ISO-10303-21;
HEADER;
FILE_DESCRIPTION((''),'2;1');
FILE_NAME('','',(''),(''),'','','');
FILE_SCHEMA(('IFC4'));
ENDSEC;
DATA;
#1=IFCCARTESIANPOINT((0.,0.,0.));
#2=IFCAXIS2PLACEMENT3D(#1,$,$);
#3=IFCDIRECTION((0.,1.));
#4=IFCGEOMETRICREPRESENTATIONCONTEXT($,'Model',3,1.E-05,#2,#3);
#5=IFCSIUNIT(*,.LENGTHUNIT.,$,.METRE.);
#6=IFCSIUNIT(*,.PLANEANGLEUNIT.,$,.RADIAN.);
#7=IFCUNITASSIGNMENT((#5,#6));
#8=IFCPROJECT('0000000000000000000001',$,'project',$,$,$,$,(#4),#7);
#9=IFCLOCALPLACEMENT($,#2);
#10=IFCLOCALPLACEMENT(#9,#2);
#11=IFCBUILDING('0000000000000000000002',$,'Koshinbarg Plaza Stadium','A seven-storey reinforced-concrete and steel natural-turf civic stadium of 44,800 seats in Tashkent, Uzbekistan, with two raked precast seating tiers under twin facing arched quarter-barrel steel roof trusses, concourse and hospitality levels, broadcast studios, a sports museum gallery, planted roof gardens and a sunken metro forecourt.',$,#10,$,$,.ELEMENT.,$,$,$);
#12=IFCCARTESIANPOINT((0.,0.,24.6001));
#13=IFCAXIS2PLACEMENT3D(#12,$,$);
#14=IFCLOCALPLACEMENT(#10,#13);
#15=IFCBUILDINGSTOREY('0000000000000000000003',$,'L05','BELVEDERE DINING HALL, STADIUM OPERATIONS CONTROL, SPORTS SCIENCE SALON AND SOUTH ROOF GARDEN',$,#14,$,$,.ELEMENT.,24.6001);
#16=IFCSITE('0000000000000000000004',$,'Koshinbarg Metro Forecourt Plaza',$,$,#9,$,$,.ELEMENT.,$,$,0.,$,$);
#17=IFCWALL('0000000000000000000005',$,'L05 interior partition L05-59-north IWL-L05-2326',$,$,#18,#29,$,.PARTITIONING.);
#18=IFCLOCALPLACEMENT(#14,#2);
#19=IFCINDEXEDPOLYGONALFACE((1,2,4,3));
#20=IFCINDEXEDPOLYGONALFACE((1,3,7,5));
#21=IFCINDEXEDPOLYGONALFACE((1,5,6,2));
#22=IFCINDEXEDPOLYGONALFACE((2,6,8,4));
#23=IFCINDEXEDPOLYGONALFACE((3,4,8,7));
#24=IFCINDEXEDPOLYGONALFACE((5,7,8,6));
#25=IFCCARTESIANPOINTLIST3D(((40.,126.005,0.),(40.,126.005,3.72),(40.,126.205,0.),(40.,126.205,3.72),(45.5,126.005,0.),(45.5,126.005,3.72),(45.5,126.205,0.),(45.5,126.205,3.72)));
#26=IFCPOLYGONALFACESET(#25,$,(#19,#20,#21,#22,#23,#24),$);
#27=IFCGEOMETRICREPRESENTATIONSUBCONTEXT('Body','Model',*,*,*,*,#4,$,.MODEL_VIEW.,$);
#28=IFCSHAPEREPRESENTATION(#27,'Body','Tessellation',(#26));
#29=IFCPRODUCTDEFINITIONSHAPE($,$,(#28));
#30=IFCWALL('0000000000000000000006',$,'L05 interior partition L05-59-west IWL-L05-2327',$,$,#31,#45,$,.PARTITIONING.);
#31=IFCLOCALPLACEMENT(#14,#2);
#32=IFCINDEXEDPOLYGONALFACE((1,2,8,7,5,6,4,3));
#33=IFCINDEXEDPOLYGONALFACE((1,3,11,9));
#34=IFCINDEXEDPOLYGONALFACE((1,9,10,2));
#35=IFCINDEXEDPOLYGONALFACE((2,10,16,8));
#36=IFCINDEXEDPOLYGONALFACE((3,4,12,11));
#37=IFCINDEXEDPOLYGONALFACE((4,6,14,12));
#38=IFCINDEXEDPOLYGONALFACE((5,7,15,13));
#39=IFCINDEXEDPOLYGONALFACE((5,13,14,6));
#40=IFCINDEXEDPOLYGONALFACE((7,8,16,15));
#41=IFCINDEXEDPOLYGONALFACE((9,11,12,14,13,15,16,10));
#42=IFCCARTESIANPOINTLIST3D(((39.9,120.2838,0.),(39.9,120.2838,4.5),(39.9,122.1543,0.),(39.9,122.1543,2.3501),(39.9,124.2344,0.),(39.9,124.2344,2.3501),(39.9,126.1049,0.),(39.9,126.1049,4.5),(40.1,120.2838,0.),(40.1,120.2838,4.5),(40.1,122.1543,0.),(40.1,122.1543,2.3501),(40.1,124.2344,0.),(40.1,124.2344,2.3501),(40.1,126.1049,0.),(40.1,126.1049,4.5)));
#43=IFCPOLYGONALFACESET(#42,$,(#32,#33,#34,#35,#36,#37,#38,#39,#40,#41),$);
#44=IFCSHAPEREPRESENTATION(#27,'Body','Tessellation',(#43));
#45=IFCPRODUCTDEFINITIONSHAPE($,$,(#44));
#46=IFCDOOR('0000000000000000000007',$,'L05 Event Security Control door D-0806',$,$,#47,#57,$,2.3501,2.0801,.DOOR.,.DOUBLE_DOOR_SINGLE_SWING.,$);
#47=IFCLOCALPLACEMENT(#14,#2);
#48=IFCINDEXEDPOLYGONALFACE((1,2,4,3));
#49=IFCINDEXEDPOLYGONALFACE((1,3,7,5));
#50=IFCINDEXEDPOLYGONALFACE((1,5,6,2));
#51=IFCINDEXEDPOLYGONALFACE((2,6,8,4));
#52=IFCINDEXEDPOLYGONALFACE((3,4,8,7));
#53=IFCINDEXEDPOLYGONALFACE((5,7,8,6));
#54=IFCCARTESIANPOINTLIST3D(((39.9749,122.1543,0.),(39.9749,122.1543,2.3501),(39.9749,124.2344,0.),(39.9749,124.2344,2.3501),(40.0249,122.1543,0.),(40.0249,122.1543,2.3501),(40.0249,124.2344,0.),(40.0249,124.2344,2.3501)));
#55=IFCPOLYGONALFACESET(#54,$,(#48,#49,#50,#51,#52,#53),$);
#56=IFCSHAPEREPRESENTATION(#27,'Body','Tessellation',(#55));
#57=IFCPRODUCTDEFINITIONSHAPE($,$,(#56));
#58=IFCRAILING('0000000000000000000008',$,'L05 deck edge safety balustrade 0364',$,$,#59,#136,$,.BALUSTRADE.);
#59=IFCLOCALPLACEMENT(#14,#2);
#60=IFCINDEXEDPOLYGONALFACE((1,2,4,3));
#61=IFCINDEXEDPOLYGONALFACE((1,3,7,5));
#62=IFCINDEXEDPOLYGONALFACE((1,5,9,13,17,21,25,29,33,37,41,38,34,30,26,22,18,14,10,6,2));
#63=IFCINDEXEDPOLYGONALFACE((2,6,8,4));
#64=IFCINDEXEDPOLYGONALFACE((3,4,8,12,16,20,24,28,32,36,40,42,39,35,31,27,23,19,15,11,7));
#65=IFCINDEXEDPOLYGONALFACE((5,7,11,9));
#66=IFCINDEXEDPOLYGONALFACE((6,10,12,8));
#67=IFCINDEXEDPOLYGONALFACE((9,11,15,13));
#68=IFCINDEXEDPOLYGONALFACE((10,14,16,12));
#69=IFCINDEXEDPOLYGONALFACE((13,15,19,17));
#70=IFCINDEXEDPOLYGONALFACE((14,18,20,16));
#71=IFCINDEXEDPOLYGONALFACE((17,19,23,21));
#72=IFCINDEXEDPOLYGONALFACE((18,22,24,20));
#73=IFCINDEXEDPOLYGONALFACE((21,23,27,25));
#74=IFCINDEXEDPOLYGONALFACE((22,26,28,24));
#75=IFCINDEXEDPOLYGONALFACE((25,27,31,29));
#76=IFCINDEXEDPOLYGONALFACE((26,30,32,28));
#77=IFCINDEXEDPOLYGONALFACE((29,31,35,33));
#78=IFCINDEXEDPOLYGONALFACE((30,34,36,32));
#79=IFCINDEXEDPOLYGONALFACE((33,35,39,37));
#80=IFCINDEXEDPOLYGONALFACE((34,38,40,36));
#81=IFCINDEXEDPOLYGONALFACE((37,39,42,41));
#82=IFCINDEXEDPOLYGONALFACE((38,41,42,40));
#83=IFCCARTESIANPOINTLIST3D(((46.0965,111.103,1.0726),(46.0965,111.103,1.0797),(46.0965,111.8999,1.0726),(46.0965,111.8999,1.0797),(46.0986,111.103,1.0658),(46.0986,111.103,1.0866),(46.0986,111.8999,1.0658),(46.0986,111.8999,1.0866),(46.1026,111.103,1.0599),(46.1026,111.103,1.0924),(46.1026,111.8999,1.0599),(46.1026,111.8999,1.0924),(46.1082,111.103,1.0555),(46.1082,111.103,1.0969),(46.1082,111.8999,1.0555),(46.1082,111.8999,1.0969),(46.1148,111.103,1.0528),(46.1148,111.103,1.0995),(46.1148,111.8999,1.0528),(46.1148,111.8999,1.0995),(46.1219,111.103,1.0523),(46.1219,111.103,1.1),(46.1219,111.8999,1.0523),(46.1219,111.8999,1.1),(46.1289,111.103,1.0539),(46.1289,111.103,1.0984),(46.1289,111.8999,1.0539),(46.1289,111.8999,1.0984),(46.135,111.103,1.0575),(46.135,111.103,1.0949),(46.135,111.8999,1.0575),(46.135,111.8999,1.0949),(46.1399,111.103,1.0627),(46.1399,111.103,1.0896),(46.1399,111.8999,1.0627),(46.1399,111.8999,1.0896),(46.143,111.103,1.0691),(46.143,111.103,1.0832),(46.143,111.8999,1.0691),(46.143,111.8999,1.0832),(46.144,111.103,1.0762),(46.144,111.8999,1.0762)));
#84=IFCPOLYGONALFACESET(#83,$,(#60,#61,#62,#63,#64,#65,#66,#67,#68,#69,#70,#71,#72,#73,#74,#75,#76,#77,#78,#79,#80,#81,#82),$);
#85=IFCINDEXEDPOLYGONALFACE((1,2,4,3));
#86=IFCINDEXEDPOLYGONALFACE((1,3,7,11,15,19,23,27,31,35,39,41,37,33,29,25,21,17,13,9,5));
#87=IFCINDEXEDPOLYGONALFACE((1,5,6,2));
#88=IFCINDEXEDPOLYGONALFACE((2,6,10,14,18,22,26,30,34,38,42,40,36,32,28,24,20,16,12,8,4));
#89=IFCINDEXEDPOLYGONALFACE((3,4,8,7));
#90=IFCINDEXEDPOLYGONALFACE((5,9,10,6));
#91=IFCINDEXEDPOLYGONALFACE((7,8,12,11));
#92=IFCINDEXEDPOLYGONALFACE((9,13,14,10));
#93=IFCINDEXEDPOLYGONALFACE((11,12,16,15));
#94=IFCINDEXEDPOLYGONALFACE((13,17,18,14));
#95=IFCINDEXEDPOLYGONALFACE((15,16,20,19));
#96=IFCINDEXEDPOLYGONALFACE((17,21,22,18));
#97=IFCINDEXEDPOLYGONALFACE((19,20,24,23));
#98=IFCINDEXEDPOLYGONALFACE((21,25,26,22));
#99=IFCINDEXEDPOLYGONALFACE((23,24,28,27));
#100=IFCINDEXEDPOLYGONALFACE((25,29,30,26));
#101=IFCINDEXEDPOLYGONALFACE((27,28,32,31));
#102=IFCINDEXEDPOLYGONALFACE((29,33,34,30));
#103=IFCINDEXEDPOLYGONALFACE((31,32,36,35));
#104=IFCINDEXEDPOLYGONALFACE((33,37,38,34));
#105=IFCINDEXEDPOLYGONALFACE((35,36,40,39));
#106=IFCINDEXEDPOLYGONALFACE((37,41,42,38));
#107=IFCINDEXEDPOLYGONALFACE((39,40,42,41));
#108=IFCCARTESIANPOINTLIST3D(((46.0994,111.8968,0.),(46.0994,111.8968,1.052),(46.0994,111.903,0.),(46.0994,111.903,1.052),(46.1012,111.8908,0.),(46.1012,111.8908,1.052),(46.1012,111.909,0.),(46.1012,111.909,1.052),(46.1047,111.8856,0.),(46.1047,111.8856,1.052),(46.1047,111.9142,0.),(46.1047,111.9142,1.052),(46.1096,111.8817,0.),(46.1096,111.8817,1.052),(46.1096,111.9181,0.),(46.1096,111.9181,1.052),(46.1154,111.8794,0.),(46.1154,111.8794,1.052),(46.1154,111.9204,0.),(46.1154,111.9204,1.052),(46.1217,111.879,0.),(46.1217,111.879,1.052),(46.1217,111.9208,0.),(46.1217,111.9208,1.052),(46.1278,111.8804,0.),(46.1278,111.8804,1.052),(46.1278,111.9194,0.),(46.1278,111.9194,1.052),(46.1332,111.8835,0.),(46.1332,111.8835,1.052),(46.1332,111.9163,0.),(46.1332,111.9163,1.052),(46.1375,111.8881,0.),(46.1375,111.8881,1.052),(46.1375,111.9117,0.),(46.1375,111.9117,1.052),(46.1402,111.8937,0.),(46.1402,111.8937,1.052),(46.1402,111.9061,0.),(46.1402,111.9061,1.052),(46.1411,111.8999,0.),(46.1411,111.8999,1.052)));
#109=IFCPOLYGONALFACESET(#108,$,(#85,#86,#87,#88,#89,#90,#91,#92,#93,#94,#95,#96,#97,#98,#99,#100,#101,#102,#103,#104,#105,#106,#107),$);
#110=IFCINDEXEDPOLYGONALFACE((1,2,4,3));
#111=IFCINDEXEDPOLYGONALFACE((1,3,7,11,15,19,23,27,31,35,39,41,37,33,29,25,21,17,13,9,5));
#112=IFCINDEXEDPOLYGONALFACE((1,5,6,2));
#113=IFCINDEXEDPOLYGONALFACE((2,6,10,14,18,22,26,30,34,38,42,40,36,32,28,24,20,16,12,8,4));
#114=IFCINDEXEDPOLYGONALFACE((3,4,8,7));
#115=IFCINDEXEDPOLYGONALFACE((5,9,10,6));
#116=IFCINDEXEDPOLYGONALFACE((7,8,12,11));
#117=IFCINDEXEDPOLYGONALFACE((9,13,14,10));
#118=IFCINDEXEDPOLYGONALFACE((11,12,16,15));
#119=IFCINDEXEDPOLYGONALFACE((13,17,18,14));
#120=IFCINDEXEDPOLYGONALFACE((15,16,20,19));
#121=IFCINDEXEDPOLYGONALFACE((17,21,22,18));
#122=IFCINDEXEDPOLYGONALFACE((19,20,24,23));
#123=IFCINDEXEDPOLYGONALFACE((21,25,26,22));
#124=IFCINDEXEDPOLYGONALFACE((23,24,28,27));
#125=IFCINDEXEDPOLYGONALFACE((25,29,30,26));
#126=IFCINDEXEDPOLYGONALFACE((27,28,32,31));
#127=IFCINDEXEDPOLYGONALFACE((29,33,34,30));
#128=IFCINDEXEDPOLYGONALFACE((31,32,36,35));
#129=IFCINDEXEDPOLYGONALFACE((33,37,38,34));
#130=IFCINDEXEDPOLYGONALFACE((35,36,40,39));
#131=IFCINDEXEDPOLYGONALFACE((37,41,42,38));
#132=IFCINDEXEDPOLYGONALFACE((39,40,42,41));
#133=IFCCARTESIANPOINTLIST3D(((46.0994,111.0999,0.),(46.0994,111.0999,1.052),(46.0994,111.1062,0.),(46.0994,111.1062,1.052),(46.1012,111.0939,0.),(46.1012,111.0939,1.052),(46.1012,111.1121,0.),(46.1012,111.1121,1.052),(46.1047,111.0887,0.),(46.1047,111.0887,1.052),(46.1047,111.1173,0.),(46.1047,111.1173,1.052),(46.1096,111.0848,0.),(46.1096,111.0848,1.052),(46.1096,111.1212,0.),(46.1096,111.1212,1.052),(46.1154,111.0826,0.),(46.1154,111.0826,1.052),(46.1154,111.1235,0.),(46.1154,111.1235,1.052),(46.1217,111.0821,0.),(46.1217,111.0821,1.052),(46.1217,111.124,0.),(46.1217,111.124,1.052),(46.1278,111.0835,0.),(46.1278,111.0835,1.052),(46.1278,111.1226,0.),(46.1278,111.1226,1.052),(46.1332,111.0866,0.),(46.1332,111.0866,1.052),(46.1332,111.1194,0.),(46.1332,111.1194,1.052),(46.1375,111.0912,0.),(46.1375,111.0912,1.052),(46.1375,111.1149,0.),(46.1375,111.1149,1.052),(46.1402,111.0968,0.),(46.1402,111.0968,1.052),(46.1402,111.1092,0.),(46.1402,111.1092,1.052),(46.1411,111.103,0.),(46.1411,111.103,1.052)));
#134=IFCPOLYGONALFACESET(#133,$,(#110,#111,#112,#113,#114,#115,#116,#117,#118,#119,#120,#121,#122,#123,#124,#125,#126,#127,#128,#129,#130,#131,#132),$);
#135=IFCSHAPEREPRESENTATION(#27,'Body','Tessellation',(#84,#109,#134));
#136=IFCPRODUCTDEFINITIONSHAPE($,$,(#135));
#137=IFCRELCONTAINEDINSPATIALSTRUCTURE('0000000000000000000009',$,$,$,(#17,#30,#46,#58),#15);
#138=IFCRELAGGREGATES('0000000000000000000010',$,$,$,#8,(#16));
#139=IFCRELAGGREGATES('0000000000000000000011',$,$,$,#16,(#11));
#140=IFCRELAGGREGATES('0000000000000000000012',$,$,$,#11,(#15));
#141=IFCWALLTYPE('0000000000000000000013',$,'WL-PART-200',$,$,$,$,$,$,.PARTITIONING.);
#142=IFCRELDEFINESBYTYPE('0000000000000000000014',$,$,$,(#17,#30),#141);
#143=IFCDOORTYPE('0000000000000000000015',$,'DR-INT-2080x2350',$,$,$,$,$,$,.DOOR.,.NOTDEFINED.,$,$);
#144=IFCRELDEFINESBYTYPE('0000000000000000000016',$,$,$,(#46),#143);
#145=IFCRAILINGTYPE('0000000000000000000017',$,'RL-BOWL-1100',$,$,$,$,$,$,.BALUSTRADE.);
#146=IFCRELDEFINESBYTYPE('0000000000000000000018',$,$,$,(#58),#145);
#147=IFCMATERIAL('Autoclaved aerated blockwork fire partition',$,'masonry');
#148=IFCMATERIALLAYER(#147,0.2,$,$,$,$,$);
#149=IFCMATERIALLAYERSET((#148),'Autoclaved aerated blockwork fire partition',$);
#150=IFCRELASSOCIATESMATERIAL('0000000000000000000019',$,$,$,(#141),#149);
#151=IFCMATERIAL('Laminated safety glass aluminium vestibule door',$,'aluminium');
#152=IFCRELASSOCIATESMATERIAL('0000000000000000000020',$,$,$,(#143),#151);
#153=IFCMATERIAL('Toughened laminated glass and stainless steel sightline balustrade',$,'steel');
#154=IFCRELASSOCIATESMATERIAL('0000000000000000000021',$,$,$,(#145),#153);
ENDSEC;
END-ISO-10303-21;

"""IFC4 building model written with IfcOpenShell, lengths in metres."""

from ifc_helpers import new_model, si_unit, direction, frame, frame_2d, origin, origin_2d, place, context, subcontext, project, spatial, rectangle, circle, extrude, material, layer, layer_set, type_object, element, fill, save


model = new_model("IFC4")

# Units and contexts
model_context = context("Model", 3, precision=1e-05, world=origin(), true_north=direction((0.0, 1.0)))
body_context = subcontext(model_context, "Body", "Model", "MODEL_VIEW")
ifc_project = project(units=[si_unit("LENGTHUNIT", "METRE"), si_unit("PLANEANGLEUNIT", "RADIAN")], contexts=[model_context])

# Site, building, storey
site_placement = place(None, origin())
site = spatial("IfcSite", under=ifc_project, at=site_placement, Name="Koshinbarg Metro Forecourt Plaza", CompositionType="ELEMENT", RefElevation=0.0)
building_placement = place(site_placement, origin())
building = spatial("IfcBuilding", under=site, at=building_placement, Name="Koshinbarg Plaza Stadium", Description="A seven-storey reinforced-concrete and steel natural-turf civic stadium of 44,800 seats in Tashkent, Uzbekistan, with two raked precast seating tiers under twin facing arched quarter-barrel steel roof trusses, concourse and hospitality levels, broadcast studios, a sports museum gallery, planted roof gardens and a sunken metro forecourt.", CompositionType="ELEMENT")
storey_placement = place(building_placement, frame((0.0, 0.0, 24.6001)))
storey = spatial("IfcBuildingStorey", under=building, at=storey_placement, Name="L05", Description="BELVEDERE DINING HALL, STADIUM OPERATIONS CONTROL, SPORTS SCIENCE SALON AND SOUTH ROOF GARDEN", CompositionType="ELEMENT", Elevation=24.6001)

# Shared definitions
ifc_material_1 = material(Name="Autoclaved aerated blockwork fire partition", Category="masonry")
ifc_layer_1 = layer(ifc_material_1, 0.2)
ifc_layer_set_1 = layer_set([ifc_layer_1], Name="Autoclaved aerated blockwork fire partition")
wall_type_1 = type_object("IfcWallType", Name="WL-PART-200", PredefinedType="PARTITIONING", material=ifc_layer_set_1)

# Wall
wall_1_placement = place(storey_placement, frame((45.5, 126.105, 0.0), z_axis=(0.0, 0.0, 1.0), x_axis=(-1.0, 0.0, 0.0)))
element("IfcWall", 1, at=wall_1_placement, inside=storey, type_object=wall_type_1, Name="L05 interior partition L05-59-north IWL-L05-2326", PredefinedType="PARTITIONING", context=body_context, shape_type="SweptSolid", body=[
    extrude(rectangle(XDim=5.5, YDim=0.2, at=frame_2d((2.75, 0.0))), origin(), (0.0, 0.0, 1.0), 3.72),
])

# Wall, opening, door
wall_2_placement = place(storey_placement, frame((40.0, 126.105, 0.0), z_axis=(0.0, 0.0, 1.0), x_axis=(0.0, -1.0, 0.0)))
wall_2 = element("IfcWall", 2, at=wall_2_placement, inside=storey, type_object=wall_type_1, Name="L05 interior partition L05-59-west IWL-L05-2327", PredefinedType="PARTITIONING", context=body_context, shape_type="SweptSolid", body=[
    extrude(rectangle(XDim=5.821, YDim=0.2, at=frame_2d((2.9106, 0.0))), origin(), (0.0, 0.0, 1.0), 4.5),
])
opening_1_placement = place(wall_2_placement, frame((1.8706, 0.0, 0.0)))
opening_1 = element("IfcOpeningElement", 3, at=opening_1_placement, cuts=wall_2, PredefinedType="OPENING", context=body_context, shape_type="SweptSolid", body=[
    extrude(rectangle(XDim=2.0801, YDim=2.3501, at=frame_2d((1.04, 1.175))), frame((0.0, 0.1099, 0.0), z_axis=(0.0, -1.0, 0.0), x_axis=(1.0, 0.0, 0.0)), (0.0, 0.0, 1.0), 0.22),
])
ifc_material_2 = material(Name="Laminated safety glass aluminium vestibule door", Category="aluminium")
door_type_1 = type_object("IfcDoorType", Name="DR-INT-2080x2350", OperationType="NOTDEFINED", PredefinedType="DOOR", material=ifc_material_2)
door_1_placement = place(opening_1_placement, origin())
door_1 = element("IfcDoor", 4, at=door_1_placement, inside=storey, type_object=door_type_1, Name="L05 Event Security Control door D-0806", OperationType="DOUBLE_DOOR_SINGLE_SWING", OverallHeight=2.3501, OverallWidth=2.0801, PredefinedType="DOOR", context=body_context, shape_type="SweptSolid", body=[
    extrude(rectangle(XDim=2.0801, YDim=2.3501, at=frame_2d((1.04, 1.175))), frame((0.0, 0.0249, 0.0), z_axis=(0.0, -1.0, 0.0), x_axis=(1.0, 0.0, 0.0)), (0.0, 0.0, 1.0), 0.05),
])
fill(opening_1, door_1)

# Railing
ifc_material_3 = material(Name="Toughened laminated glass and stainless steel sightline balustrade", Category="steel")
railing_type = type_object("IfcRailingType", Name="RL-BOWL-1100", PredefinedType="BALUSTRADE", material=ifc_material_3)
railing_1_placement = place(storey_placement, frame((46.1201, 111.8999, 0.0)))
element("IfcRailing", 5, at=railing_1_placement, inside=storey, type_object=railing_type, Name="L05 deck edge safety balustrade 0364", PredefinedType="BALUSTRADE", context=body_context, shape_type="SweptSolid", body=[
    extrude(circle(Radius=0.0239, at=origin_2d()), frame((0.0, 0.0, 1.0762), z_axis=(0.0, -1.0, 0.0), x_axis=(1.0, 0.0, 0.0)), (0.0, 0.0, 1.0), 0.7969),
    extrude(circle(Radius=0.021, at=origin_2d()), origin(), (0.0, 0.0, 1.0), 1.052),
    extrude(circle(Radius=0.021, at=origin_2d()), frame((0.0, -0.7969, 0.0)), (0.0, 0.0, 1.0), 1.052),
])

save(model, "model.ifc")
